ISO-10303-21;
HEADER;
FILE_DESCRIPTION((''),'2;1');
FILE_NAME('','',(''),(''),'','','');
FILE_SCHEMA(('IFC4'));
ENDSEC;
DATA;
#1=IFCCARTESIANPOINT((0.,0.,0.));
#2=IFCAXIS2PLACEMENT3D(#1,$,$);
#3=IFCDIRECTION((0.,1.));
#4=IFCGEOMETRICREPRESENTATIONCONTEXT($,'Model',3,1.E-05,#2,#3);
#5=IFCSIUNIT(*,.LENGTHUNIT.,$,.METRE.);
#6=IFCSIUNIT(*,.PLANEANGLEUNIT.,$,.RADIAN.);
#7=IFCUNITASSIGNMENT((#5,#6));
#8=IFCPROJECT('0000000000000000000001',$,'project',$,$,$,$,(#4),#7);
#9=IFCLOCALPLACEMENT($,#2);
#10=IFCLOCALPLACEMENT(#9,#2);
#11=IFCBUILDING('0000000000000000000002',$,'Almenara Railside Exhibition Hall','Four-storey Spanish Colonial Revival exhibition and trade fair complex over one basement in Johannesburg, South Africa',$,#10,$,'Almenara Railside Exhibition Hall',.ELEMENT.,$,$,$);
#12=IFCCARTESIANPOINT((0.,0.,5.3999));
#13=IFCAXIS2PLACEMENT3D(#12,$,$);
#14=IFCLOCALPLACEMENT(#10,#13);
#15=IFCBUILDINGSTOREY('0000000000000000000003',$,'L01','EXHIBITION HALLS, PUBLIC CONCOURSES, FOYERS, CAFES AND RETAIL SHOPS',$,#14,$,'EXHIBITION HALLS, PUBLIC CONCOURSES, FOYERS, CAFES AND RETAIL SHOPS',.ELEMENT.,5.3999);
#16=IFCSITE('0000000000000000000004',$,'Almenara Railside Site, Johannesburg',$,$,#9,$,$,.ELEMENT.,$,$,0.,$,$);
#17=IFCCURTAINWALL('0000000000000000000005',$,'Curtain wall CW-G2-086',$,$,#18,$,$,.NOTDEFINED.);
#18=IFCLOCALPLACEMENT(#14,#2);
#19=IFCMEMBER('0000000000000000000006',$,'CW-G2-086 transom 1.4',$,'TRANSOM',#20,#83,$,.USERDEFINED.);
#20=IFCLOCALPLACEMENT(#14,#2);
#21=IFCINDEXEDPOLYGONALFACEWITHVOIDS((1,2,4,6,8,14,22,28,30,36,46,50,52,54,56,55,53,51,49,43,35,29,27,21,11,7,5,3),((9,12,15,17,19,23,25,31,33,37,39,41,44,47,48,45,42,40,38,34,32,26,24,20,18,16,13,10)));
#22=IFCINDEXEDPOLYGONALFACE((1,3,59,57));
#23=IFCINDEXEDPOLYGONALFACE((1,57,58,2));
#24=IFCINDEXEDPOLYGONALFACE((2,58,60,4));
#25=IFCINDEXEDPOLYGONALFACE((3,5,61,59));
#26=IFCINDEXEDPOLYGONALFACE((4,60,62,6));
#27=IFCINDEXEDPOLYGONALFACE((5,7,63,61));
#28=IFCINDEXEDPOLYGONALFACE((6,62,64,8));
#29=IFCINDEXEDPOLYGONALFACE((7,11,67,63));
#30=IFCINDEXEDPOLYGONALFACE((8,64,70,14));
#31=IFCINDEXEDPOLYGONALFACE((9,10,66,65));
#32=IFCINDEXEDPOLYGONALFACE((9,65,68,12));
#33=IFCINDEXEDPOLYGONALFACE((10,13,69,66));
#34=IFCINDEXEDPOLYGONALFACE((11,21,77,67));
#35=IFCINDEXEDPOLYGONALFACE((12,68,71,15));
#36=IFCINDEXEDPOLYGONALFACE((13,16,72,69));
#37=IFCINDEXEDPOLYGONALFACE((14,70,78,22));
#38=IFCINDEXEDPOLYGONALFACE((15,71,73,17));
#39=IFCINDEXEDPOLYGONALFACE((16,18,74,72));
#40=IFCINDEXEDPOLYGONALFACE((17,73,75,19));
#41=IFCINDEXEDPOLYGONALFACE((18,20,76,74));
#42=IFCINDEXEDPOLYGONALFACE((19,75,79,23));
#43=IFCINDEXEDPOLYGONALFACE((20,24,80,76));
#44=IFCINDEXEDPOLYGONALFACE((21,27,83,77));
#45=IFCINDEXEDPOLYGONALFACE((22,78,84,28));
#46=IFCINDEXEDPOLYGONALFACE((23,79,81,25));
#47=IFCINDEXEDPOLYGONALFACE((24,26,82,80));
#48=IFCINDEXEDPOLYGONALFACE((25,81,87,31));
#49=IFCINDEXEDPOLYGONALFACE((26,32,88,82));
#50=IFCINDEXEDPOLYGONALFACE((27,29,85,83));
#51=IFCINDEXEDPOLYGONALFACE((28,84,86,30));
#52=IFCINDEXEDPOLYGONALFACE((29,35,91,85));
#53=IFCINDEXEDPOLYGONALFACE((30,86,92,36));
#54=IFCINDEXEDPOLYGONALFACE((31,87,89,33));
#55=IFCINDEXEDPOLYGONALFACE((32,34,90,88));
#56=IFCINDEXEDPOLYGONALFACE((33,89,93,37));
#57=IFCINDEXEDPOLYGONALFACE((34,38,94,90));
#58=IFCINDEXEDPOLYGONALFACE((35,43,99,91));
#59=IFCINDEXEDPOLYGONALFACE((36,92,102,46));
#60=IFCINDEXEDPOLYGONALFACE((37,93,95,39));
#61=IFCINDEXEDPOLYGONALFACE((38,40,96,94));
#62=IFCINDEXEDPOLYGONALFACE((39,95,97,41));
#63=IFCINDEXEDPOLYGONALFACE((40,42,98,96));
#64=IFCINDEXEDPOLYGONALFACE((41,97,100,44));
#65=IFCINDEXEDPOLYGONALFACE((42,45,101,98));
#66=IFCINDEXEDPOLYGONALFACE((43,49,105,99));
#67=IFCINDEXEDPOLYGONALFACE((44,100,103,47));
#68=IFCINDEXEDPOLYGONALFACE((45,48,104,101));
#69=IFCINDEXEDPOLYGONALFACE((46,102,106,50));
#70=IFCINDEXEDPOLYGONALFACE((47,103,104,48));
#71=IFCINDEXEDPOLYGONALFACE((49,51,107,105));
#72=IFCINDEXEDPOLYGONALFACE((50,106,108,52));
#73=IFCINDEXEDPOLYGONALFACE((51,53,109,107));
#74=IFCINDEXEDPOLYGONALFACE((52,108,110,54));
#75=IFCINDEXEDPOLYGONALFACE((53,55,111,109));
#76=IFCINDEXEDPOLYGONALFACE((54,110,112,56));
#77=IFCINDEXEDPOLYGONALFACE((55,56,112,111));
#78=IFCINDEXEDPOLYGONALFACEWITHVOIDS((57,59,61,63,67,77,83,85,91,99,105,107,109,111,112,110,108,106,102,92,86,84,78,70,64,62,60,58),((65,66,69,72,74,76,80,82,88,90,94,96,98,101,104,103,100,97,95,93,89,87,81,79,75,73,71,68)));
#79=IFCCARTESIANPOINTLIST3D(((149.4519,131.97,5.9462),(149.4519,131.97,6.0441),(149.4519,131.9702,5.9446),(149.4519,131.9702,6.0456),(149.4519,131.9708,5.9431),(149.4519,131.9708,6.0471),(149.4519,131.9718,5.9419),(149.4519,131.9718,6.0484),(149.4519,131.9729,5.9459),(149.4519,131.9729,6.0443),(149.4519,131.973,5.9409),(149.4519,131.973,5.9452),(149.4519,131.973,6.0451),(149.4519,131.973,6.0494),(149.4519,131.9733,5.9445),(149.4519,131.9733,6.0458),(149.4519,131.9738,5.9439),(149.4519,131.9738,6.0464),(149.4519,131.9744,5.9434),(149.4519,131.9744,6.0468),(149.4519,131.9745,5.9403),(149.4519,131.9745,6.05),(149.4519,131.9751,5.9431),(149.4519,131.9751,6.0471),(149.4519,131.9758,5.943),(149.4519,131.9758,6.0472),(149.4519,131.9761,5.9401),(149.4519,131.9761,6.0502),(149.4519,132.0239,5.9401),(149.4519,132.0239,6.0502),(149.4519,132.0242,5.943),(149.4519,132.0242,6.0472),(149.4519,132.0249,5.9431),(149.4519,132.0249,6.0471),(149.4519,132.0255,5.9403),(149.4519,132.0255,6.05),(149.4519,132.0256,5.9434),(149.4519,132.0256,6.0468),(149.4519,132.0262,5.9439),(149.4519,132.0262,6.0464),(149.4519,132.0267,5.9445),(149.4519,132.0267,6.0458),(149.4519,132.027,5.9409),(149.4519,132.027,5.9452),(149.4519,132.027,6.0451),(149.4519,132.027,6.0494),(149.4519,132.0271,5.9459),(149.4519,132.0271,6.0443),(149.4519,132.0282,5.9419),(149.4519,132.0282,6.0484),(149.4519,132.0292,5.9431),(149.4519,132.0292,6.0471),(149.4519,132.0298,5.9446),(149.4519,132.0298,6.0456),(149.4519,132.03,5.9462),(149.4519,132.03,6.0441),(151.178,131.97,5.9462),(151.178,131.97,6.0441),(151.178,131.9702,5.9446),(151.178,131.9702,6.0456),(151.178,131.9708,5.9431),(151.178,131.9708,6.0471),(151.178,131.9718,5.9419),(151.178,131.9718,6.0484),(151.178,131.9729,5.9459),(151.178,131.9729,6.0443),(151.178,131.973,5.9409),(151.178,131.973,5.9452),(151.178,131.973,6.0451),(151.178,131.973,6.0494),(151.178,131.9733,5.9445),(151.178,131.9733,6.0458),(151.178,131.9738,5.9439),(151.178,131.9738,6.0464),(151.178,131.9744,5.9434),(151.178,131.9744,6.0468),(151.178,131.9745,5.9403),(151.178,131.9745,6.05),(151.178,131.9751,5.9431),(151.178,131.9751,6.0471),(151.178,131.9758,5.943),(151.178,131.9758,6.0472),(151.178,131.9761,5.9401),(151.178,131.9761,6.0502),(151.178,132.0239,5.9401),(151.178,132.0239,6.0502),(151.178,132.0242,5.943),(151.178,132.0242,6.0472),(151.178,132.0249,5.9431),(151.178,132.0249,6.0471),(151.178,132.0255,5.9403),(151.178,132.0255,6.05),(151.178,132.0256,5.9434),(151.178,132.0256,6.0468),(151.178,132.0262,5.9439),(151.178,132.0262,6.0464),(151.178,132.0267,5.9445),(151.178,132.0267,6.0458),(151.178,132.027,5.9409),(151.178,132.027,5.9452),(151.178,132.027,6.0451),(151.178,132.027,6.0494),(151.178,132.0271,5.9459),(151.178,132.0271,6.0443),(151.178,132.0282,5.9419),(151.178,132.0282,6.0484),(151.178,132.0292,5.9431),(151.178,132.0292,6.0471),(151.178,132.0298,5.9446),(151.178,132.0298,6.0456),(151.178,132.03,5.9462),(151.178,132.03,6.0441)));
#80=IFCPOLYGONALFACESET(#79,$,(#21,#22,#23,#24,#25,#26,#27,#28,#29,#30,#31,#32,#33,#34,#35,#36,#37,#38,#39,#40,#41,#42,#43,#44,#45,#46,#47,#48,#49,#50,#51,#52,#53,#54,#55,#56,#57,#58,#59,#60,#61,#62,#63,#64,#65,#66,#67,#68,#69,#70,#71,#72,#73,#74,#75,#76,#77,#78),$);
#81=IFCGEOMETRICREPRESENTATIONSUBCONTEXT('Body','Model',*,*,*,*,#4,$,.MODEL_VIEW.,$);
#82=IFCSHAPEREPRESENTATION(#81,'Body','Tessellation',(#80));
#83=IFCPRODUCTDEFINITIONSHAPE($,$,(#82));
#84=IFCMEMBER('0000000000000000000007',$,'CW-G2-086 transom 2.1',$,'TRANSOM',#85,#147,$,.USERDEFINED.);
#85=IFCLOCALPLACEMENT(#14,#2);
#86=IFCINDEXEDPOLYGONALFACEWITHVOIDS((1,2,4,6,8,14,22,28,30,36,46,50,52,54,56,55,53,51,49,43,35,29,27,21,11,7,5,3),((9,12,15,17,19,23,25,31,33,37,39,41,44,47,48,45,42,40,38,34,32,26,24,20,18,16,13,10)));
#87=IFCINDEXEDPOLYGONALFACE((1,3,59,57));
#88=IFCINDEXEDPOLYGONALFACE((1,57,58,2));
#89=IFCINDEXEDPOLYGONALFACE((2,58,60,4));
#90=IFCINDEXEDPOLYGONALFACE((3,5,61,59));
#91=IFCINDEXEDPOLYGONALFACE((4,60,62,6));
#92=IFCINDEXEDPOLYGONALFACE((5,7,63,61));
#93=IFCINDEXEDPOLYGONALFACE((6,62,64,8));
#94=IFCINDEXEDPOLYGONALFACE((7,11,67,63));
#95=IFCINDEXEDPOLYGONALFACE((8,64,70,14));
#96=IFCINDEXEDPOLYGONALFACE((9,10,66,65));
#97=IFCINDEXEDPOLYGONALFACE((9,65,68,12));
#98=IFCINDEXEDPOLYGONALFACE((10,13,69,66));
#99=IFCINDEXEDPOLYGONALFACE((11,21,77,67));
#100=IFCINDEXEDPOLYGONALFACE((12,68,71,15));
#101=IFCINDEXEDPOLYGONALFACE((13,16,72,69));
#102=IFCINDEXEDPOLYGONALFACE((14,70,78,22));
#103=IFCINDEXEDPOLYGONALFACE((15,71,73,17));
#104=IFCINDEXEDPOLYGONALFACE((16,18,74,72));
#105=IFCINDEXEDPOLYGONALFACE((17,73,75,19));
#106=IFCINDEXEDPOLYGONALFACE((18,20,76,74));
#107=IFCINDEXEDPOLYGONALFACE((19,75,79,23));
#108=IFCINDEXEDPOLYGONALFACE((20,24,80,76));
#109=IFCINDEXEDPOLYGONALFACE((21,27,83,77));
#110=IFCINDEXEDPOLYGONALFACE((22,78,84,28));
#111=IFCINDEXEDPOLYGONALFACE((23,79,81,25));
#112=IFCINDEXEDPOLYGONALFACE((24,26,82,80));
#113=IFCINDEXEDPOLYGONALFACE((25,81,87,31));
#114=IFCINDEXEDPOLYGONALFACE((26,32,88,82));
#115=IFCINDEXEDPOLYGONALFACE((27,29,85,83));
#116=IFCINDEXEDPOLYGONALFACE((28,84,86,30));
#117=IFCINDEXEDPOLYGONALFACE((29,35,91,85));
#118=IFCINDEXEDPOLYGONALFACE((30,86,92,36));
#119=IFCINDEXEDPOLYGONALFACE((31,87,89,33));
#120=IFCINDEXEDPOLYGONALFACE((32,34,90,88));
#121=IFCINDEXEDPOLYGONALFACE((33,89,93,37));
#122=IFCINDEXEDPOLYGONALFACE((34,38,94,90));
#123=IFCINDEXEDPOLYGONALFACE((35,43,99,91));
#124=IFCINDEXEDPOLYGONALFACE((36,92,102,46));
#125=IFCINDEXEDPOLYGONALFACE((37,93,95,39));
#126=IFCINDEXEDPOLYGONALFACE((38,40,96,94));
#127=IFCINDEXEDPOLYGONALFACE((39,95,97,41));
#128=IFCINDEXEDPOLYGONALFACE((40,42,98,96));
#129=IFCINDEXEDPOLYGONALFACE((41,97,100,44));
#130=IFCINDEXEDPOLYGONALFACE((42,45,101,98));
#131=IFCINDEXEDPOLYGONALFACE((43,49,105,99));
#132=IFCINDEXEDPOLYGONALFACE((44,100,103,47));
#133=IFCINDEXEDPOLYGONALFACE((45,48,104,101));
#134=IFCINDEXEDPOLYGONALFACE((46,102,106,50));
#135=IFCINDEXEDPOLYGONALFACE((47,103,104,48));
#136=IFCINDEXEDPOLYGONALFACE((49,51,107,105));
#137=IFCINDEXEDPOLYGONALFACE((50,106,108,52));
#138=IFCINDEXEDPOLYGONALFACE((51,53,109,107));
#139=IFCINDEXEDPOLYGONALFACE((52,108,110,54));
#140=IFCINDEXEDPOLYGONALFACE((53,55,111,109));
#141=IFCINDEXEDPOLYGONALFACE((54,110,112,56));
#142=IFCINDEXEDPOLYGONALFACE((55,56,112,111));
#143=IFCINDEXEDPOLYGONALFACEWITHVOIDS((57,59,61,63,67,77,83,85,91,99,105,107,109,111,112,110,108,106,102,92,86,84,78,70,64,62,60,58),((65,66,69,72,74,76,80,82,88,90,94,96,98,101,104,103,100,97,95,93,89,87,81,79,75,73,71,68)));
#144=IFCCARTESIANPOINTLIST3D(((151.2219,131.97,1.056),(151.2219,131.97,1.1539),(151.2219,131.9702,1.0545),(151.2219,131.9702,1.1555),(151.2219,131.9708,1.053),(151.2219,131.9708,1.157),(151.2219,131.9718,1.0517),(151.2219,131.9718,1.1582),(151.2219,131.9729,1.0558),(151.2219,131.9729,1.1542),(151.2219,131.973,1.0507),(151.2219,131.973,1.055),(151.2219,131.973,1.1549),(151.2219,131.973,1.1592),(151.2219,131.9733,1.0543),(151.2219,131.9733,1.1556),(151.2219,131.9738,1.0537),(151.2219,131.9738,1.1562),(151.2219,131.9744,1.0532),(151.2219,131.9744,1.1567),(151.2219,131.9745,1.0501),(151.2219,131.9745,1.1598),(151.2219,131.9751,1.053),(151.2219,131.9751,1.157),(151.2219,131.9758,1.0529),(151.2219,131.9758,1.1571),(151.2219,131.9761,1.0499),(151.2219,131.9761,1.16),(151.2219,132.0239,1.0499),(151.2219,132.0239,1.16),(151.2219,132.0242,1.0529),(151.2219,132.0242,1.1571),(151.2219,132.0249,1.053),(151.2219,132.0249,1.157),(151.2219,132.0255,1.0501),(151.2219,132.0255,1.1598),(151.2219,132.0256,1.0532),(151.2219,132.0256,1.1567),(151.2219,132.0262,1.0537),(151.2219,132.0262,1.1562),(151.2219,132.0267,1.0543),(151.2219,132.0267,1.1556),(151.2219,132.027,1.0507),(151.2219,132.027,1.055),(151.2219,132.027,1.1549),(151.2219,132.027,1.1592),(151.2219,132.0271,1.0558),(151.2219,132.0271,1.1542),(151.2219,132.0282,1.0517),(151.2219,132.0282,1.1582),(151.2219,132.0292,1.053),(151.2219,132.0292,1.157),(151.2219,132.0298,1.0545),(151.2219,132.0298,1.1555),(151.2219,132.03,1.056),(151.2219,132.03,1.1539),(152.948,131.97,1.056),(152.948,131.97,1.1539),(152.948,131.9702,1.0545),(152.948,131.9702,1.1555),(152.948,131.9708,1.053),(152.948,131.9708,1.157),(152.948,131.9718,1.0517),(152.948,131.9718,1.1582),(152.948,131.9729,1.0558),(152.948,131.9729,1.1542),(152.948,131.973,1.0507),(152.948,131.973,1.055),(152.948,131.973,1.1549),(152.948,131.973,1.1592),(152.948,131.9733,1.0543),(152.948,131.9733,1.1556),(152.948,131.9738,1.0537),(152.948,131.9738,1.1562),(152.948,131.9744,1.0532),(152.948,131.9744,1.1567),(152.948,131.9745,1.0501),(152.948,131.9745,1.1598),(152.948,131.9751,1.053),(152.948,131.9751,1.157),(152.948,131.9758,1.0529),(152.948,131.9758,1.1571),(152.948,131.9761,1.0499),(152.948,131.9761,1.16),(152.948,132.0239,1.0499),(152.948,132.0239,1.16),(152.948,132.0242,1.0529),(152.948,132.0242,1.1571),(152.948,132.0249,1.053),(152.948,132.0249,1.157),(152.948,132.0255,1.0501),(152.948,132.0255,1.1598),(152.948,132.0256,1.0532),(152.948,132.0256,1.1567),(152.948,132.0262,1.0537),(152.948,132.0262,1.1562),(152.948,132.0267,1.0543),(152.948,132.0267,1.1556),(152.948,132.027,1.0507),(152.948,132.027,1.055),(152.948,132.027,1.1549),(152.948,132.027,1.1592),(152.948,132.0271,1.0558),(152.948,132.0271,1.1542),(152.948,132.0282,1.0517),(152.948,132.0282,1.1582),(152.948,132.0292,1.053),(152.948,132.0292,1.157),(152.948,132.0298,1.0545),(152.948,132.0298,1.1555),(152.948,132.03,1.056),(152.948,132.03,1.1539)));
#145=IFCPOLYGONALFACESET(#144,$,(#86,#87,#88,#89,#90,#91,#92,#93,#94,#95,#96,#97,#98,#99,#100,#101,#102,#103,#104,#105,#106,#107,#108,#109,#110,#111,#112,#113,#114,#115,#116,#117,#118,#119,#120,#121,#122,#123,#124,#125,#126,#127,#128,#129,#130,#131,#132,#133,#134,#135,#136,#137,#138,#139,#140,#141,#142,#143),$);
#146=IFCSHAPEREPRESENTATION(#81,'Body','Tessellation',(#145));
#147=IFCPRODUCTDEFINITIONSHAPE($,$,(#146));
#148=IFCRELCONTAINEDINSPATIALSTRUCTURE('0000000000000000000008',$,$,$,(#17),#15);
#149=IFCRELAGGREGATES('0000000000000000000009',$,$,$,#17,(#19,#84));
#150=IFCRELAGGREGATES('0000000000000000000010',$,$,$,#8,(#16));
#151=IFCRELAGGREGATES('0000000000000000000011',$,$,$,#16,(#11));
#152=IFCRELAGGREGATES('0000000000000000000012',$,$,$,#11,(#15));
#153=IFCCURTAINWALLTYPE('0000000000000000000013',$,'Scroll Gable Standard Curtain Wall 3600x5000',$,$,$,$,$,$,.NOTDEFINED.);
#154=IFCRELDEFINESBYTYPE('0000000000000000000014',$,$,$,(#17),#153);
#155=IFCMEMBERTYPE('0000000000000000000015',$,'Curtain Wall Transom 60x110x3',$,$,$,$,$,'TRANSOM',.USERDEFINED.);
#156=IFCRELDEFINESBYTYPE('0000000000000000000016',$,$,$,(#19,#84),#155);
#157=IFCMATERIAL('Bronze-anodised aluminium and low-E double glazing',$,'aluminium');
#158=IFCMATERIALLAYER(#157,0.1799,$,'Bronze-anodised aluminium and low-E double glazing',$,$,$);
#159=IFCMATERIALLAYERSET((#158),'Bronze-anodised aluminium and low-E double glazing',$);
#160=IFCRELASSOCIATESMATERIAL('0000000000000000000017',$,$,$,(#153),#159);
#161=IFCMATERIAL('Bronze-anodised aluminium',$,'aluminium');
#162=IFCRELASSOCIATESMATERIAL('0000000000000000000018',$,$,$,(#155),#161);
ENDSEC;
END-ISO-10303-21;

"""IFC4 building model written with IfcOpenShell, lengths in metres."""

from ifc_helpers import new_model, si_unit, direction, frame, origin, origin_2d, place, context, subcontext, project, spatial, hollow_rectangle, extrude, material, layer, layer_set, material_profile, profile_set, type_object, element, aggregate, save


model = new_model("IFC4")

# Units and contexts
model_context = context("Model", 3, precision=1e-05, world=origin(), true_north=direction((0.0, 1.0)))
body_context = subcontext(model_context, "Body", "Model", "MODEL_VIEW")
ifc_project = project(units=[si_unit("LENGTHUNIT", "METRE"), si_unit("PLANEANGLEUNIT", "RADIAN")], contexts=[model_context])

# Site, building, storey
site_placement = place(None, origin())
site = spatial("IfcSite", under=ifc_project, at=site_placement, Name="Almenara Railside Site, Johannesburg", CompositionType="ELEMENT", RefElevation=0.0)
building_placement = place(site_placement, origin())
building = spatial("IfcBuilding", under=site, at=building_placement, Name="Almenara Railside Exhibition Hall", Description="Four-storey Spanish Colonial Revival exhibition and trade fair complex over one basement in Johannesburg, South Africa", LongName="Almenara Railside Exhibition Hall", CompositionType="ELEMENT")
storey_placement = place(building_placement, frame((0.0, 0.0, 5.3999)))
storey = spatial("IfcBuildingStorey", under=building, at=storey_placement, Name="L01", Description="EXHIBITION HALLS, PUBLIC CONCOURSES, FOYERS, CAFES AND RETAIL SHOPS", LongName="EXHIBITION HALLS, PUBLIC CONCOURSES, FOYERS, CAFES AND RETAIL SHOPS", CompositionType="ELEMENT", Elevation=5.3999)

# Shared definitions
ifc_material_1 = material(Name="Bronze-anodised aluminium and low-E double glazing", Category="aluminium")
ifc_layer_1 = layer(ifc_material_1, 0.1799, Name="Bronze-anodised aluminium and low-E double glazing")
ifc_layer_set_1 = layer_set([ifc_layer_1], Name="Bronze-anodised aluminium and low-E double glazing")
curtain_wall_type = type_object("IfcCurtainWallType", Name="Scroll Gable Standard Curtain Wall 3600x5000", PredefinedType="NOTDEFINED", material=ifc_layer_set_1)
ifc_material_2 = material(Name="Bronze-anodised aluminium", Category="aluminium")

# Curtain wall
curtain_wall_1_placement = place(storey_placement, origin())
curtain_wall_1 = element("IfcCurtainWall", 1, at=curtain_wall_1_placement, inside=storey, type_object=curtain_wall_type, Name="Curtain wall CW-G2-086", PredefinedType="NOTDEFINED")

# Members
ifc_material_profile_1 = material_profile(ifc_material_2, hollow_rectangle(XDim=0.0601, YDim=0.1101, WallThickness=0.0029, InnerFilletRadius=0.0029, OuterFilletRadius=0.0061, at=origin_2d()), Name="ALU-TRN 60x110x3")
ifc_profile_set_1 = profile_set([ifc_material_profile_1], Name="Bronze-anodised aluminium")
member_type_1 = type_object("IfcMemberType", Name="Curtain Wall Transom 60x110x3", ElementType="TRANSOM", PredefinedType="USERDEFINED", material=ifc_profile_set_1)
member_1_placement = place(storey_placement, frame((149.4519, 132.0, 5.9951), z_axis=(1.0, 0.0, 0.0), x_axis=(0.0, 1.0, 0.0)))
member_1 = element("IfcMember", 2, at=member_1_placement, type_object=member_type_1, Name="CW-G2-086 transom 1.4", ObjectType="TRANSOM", PredefinedType="USERDEFINED", context=body_context, shape_type="SweptSolid", body=[
    extrude(hollow_rectangle(XDim=0.0601, YDim=0.1101, WallThickness=0.0029, InnerFilletRadius=0.0029, OuterFilletRadius=0.0061, at=origin_2d()), origin(), (0.0, 0.0, 1.0), 1.7261),
])
member_2_placement = place(storey_placement, frame((151.2219, 132.0, 1.105), z_axis=(1.0, 0.0, 0.0), x_axis=(0.0, 1.0, 0.0)))
member_2 = element("IfcMember", 3, at=member_2_placement, type_object=member_type_1, Name="CW-G2-086 transom 2.1", ObjectType="TRANSOM", PredefinedType="USERDEFINED", context=body_context, shape_type="SweptSolid", body=[
    extrude(hollow_rectangle(XDim=0.0601, YDim=0.1101, WallThickness=0.0029, InnerFilletRadius=0.0029, OuterFilletRadius=0.0061, at=origin_2d()), origin(), (0.0, 0.0, 1.0), 1.7261),
])

aggregate(curtain_wall_1, [member_1, member_2])

save(model, "model.ifc")
